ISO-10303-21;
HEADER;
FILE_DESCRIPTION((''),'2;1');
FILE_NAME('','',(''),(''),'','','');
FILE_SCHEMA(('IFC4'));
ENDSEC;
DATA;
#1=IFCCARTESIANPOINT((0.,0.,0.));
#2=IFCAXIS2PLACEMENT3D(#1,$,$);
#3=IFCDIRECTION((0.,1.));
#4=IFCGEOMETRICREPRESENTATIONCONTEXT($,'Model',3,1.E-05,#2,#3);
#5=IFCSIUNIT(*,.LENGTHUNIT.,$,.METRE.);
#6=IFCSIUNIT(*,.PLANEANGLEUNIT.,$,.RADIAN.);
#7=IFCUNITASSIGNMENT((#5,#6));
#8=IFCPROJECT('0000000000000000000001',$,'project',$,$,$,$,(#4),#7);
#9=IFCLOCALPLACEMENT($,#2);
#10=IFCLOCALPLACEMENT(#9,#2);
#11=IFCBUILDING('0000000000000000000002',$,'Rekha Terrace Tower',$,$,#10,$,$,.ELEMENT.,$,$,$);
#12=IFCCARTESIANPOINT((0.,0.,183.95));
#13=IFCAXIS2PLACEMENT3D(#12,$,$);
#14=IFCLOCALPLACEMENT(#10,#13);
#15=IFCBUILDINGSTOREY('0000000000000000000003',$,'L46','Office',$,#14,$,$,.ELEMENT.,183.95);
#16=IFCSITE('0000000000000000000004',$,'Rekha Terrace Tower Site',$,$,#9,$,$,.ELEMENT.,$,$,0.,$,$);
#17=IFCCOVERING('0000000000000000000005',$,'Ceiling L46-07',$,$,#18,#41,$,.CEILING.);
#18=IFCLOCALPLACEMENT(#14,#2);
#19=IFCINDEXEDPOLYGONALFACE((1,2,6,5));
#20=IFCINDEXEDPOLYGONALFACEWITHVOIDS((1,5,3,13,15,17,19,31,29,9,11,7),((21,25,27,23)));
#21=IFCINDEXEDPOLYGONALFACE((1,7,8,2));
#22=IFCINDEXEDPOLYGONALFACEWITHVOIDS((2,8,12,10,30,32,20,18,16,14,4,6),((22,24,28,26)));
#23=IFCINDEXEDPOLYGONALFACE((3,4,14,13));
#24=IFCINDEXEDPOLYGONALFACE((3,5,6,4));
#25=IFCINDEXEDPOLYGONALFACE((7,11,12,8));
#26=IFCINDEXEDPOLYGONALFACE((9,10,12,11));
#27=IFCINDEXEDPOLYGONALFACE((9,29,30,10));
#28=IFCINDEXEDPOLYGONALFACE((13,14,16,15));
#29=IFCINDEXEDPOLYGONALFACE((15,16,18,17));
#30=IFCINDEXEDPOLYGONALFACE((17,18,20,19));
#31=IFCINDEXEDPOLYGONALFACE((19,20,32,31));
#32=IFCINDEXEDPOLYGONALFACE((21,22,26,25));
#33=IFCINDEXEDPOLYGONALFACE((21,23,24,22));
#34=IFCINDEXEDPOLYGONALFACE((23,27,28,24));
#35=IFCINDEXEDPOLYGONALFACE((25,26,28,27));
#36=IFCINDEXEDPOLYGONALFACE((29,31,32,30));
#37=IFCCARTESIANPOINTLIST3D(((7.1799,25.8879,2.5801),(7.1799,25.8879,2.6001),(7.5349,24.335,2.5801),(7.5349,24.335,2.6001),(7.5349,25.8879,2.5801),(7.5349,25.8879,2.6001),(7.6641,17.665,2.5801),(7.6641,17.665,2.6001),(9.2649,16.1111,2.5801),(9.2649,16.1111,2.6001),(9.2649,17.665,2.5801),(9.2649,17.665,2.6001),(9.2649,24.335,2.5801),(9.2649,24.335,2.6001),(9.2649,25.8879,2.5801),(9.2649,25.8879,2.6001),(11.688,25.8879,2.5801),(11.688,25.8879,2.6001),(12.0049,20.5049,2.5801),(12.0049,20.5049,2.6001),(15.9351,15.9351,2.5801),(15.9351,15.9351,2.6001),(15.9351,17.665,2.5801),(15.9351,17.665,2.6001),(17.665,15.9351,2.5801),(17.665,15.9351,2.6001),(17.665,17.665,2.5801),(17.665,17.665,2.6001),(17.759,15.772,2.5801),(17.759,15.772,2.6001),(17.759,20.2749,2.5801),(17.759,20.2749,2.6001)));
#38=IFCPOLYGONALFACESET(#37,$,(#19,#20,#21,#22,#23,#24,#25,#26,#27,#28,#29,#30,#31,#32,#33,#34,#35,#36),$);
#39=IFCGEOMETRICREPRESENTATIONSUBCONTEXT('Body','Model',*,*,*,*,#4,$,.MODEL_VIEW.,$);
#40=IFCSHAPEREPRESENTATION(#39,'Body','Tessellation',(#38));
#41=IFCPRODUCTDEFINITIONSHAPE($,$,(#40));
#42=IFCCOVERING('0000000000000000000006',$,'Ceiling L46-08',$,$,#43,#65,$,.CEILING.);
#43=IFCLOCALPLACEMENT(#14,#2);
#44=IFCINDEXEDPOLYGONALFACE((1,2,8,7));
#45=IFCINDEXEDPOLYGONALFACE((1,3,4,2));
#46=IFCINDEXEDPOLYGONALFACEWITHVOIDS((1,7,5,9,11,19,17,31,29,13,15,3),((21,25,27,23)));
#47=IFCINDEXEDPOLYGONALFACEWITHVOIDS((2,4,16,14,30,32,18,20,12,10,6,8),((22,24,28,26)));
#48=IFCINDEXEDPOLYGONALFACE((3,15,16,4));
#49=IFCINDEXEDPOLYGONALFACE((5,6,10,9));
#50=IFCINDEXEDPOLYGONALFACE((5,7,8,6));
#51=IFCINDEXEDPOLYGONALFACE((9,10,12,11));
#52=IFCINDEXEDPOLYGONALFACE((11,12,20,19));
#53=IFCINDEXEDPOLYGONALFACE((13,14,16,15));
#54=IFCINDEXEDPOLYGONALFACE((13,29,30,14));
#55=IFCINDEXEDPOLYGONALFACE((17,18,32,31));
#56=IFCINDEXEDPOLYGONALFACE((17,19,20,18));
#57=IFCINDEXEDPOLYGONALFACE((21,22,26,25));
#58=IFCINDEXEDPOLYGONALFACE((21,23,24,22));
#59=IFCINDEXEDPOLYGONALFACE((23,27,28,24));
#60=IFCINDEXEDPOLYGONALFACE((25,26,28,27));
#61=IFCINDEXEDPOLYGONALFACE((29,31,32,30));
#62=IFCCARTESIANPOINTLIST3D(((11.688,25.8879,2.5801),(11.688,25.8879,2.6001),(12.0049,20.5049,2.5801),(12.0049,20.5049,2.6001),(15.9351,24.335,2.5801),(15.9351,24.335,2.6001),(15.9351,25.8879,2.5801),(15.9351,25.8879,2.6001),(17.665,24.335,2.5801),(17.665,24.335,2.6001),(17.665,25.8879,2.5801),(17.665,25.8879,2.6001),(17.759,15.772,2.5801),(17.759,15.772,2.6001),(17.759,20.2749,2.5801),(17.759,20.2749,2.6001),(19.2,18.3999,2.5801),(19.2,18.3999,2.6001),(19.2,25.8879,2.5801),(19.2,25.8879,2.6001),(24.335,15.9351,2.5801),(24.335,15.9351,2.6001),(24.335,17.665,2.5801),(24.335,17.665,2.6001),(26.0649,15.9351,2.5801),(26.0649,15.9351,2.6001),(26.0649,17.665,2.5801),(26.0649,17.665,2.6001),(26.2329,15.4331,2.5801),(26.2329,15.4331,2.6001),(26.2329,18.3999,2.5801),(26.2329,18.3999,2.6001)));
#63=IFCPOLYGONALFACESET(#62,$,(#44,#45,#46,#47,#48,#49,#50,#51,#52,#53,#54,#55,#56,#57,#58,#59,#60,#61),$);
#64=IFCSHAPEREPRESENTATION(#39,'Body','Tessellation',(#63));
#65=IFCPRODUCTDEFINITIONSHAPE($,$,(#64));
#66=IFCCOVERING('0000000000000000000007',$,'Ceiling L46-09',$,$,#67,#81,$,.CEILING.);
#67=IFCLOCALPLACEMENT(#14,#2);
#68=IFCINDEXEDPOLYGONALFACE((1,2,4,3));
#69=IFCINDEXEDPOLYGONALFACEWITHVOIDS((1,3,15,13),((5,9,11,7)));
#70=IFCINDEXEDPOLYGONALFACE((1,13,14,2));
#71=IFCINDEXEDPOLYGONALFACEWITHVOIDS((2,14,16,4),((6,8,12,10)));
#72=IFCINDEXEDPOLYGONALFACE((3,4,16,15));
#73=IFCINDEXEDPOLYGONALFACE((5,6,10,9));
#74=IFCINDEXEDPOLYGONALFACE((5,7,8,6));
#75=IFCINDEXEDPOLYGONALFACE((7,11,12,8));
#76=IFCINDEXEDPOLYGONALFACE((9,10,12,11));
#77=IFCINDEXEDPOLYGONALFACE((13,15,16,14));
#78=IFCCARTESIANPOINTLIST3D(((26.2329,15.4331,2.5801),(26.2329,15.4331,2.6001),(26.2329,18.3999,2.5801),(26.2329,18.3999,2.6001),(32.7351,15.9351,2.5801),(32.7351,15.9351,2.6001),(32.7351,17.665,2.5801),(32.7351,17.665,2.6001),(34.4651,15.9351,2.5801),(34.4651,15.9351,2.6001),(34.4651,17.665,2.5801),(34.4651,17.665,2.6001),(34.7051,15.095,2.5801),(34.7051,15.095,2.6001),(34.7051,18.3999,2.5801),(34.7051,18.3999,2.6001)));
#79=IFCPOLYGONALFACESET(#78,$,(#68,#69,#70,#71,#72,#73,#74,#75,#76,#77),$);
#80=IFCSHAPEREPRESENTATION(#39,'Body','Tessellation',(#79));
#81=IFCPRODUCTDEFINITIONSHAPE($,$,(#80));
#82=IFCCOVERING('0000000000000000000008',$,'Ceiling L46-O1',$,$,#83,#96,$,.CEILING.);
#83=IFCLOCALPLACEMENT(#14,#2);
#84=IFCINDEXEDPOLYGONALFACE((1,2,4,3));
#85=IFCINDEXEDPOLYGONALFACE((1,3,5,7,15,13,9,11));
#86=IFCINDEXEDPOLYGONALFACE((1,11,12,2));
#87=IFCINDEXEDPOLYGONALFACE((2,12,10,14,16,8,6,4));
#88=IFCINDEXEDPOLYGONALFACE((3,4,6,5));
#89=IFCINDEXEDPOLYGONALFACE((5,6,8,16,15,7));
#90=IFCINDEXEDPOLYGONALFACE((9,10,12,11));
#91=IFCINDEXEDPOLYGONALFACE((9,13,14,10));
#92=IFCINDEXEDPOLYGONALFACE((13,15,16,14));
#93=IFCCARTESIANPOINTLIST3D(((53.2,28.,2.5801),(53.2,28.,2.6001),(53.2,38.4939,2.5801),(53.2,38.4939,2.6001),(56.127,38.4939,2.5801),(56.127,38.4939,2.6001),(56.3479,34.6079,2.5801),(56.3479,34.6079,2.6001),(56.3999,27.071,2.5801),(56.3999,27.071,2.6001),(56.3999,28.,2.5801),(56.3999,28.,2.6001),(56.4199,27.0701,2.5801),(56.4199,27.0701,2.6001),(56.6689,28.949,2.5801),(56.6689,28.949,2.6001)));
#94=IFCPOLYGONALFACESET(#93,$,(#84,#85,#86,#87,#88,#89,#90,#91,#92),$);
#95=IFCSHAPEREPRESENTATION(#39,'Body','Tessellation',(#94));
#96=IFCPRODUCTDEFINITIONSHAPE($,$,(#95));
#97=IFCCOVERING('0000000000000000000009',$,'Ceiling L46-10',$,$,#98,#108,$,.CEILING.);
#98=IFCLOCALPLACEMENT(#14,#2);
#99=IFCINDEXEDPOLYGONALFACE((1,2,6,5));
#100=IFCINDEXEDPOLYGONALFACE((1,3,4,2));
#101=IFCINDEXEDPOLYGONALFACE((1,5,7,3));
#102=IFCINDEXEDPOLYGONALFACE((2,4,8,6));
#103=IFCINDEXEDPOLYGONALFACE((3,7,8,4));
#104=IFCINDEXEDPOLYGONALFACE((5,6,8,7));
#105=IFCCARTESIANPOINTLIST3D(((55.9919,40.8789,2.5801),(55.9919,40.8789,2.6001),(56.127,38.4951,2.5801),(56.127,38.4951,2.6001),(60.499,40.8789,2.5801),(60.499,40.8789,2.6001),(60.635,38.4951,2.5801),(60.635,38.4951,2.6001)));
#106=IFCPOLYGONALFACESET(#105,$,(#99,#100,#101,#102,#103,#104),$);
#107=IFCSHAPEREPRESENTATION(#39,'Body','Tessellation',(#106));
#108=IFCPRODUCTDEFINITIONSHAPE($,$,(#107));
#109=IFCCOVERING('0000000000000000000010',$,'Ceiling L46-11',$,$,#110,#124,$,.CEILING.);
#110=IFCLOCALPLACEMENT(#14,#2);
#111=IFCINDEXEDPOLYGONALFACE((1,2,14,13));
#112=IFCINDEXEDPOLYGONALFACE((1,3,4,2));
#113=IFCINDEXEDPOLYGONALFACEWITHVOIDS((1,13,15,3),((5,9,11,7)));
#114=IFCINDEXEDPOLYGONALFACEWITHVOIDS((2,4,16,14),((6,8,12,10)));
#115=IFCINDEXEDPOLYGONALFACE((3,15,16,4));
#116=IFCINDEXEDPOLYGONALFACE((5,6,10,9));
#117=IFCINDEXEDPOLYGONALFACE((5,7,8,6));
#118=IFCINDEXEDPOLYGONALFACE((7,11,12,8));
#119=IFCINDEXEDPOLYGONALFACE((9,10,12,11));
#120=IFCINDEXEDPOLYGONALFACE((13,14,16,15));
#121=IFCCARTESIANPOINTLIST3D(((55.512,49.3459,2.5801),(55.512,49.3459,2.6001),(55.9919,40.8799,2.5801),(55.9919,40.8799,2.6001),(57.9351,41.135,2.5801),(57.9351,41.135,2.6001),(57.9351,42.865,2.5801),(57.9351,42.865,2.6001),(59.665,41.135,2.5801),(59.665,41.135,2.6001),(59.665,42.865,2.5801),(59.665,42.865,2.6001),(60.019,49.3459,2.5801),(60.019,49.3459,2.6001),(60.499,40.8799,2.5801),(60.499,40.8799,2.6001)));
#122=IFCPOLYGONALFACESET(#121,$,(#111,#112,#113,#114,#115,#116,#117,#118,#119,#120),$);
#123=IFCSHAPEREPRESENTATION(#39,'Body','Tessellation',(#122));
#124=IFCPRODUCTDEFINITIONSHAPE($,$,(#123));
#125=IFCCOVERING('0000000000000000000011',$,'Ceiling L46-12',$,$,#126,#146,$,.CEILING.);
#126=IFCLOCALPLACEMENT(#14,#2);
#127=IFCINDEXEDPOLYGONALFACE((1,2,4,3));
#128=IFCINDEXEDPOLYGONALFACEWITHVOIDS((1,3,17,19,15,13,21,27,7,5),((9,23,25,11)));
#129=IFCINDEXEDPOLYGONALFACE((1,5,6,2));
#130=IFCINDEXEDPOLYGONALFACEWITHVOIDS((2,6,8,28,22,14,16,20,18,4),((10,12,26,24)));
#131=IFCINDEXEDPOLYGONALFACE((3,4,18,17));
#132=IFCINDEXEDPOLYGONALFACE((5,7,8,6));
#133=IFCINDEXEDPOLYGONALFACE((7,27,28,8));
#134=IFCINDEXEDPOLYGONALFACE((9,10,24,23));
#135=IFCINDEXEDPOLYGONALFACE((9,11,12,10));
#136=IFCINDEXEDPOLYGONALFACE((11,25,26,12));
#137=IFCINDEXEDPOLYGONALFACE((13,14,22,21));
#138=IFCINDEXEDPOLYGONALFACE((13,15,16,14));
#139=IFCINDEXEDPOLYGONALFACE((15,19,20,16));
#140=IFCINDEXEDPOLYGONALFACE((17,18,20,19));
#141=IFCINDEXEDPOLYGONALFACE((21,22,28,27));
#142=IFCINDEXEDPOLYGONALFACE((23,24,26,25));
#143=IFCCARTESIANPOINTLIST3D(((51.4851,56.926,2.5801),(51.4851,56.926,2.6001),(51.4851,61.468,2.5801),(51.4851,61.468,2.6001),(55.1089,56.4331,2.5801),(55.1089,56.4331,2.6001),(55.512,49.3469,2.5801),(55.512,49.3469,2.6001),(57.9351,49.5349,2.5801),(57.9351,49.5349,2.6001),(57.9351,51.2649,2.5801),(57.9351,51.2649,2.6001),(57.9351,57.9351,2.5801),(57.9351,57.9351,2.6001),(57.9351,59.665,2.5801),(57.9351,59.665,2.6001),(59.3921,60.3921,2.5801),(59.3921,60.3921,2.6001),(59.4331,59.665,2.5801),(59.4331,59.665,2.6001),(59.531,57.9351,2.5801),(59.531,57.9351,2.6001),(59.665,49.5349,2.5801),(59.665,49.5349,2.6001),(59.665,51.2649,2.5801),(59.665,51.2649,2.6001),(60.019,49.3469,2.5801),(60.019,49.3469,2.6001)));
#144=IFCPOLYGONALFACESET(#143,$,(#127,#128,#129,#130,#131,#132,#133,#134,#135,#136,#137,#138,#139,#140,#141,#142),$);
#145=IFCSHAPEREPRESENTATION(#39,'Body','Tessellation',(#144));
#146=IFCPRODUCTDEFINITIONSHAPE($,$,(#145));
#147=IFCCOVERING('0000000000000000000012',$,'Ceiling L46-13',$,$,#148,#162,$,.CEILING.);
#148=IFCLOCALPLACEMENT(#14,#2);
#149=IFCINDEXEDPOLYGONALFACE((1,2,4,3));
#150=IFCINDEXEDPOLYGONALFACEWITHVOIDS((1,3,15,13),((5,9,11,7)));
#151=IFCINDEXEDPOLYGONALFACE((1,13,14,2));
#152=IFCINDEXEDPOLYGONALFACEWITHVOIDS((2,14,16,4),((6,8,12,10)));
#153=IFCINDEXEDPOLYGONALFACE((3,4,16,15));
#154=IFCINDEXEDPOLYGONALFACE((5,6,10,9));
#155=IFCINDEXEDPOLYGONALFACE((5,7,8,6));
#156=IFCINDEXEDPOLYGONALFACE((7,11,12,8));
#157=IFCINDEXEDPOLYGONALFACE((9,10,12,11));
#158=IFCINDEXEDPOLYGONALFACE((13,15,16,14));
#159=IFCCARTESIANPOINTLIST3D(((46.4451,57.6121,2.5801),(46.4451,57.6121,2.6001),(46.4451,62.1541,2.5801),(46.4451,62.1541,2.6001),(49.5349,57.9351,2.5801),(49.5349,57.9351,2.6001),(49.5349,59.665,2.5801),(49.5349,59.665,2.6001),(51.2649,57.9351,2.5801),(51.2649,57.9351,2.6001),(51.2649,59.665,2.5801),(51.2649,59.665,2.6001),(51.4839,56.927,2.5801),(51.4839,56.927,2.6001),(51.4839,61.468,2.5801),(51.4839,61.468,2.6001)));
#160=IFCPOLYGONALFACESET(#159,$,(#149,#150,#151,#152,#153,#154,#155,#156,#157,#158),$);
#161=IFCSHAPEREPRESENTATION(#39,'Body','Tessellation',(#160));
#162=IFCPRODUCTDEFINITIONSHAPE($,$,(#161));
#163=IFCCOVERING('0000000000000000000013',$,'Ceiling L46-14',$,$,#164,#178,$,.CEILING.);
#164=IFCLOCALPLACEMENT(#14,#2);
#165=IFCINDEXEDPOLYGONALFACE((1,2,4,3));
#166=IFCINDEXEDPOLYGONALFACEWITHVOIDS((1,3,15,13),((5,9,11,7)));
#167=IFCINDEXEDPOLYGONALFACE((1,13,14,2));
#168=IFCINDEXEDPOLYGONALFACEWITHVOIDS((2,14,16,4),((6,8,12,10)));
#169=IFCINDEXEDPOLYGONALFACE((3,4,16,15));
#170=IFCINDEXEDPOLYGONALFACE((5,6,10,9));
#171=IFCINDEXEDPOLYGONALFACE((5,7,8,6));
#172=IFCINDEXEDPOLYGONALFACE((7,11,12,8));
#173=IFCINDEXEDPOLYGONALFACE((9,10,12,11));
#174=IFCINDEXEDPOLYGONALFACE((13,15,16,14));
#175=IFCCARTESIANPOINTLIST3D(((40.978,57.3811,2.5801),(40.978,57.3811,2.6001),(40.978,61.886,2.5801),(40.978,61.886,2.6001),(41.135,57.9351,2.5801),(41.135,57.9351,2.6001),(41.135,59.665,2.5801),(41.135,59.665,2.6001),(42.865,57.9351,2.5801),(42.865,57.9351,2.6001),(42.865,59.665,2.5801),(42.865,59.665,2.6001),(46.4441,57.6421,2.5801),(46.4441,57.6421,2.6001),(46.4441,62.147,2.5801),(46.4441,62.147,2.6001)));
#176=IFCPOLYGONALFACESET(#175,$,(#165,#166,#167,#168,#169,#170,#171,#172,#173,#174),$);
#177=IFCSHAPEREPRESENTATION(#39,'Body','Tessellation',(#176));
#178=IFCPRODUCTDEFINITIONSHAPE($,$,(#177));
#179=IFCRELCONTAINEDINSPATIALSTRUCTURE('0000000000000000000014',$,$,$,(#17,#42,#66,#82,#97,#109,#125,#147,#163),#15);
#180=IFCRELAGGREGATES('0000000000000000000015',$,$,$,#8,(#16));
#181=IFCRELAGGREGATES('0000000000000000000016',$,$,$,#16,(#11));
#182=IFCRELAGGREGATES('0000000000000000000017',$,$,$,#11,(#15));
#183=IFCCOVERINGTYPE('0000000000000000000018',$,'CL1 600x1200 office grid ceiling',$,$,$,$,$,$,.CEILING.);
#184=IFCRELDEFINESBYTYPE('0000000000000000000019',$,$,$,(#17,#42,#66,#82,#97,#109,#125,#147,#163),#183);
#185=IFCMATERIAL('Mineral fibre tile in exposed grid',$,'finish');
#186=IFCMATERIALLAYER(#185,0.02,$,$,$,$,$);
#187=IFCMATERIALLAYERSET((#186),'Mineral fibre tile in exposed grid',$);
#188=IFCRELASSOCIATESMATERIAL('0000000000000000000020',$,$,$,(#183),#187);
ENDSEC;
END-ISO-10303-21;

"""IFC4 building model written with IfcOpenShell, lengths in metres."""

from ifc_helpers import new_model, si_unit, direction, frame, origin, place, context, subcontext, project, spatial, polyline, outline, extrude, material, layer, layer_set, type_object, element, save


model = new_model("IFC4")

# Units and contexts
model_context = context("Model", 3, precision=1e-05, world=origin(), true_north=direction((0.0, 1.0)))
body_context = subcontext(model_context, "Body", "Model", "MODEL_VIEW")
ifc_project = project(units=[si_unit("LENGTHUNIT", "METRE"), si_unit("PLANEANGLEUNIT", "RADIAN")], contexts=[model_context])

# Site, building, storey
site_placement = place(None, origin())
site = spatial("IfcSite", under=ifc_project, at=site_placement, Name="Rekha Terrace Tower Site", CompositionType="ELEMENT", RefElevation=0.0)
building_placement = place(site_placement, origin())
building = spatial("IfcBuilding", under=site, at=building_placement, Name="Rekha Terrace Tower", CompositionType="ELEMENT")
storey_placement = place(building_placement, frame((0.0, 0.0, 183.95)))
storey = spatial("IfcBuildingStorey", under=building, at=storey_placement, Name="L46", Description="Office", CompositionType="ELEMENT", Elevation=183.95)

# Coverings
ifc_material_1 = material(Name="Mineral fibre tile in exposed grid", Category="finish")
ifc_layer_1 = layer(ifc_material_1, 0.02)
ifc_layer_set_1 = layer_set([ifc_layer_1], Name="Mineral fibre tile in exposed grid")
covering_type_1 = type_object("IfcCoveringType", Name="CL1 600x1200 office grid ceiling", PredefinedType="CEILING", material=ifc_layer_set_1)
covering_1_placement = place(storey_placement, frame((0.0, 0.0, 2.5801)))
element("IfcCovering", 1, at=covering_1_placement, inside=storey, type_object=covering_type_1, Name="Ceiling L46-07", PredefinedType="CEILING", context=body_context, shape_type="SweptSolid", body=[
    extrude(outline(polyline([(7.5349, 24.335), (7.5349, 25.8879), (7.1799, 25.8879), (7.6641, 17.665), (9.2649, 17.665), (9.2649, 16.1111), (17.759, 15.772), (17.759, 20.2749), (12.0049, 20.5049), (11.688, 25.8879), (9.2649, 25.8879), (9.2649, 24.335), (7.5349, 24.335)]), holes=[polyline([(17.665, 17.665), (17.665, 15.9351), (15.9351, 15.9351), (15.9351, 17.665), (17.665, 17.665)])]), origin(), (0.0, 0.0, 1.0), 0.02),
])
covering_2_placement = place(storey_placement, frame((0.0, 0.0, 2.5801)))
element("IfcCovering", 2, at=covering_2_placement, inside=storey, type_object=covering_type_1, Name="Ceiling L46-08", PredefinedType="CEILING", context=body_context, shape_type="SweptSolid", body=[
    extrude(outline(polyline([(17.759, 15.772), (26.2329, 15.4331), (26.2329, 18.3999), (19.2, 18.3999), (19.2, 25.8879), (17.665, 25.8879), (17.665, 24.335), (15.9351, 24.335), (15.9351, 25.8879), (11.688, 25.8879), (12.0049, 20.5049), (17.759, 20.2749), (17.759, 15.772)]), holes=[polyline([(26.0649, 17.665), (26.0649, 15.9351), (24.335, 15.9351), (24.335, 17.665), (26.0649, 17.665)])]), origin(), (0.0, 0.0, 1.0), 0.02),
])
covering_3_placement = place(storey_placement, frame((0.0, 0.0, 2.5801)))
element("IfcCovering", 3, at=covering_3_placement, inside=storey, type_object=covering_type_1, Name="Ceiling L46-09", PredefinedType="CEILING", context=body_context, shape_type="SweptSolid", body=[
    extrude(outline(polyline([(34.7051, 15.095), (34.7051, 18.3999), (26.2329, 18.3999), (26.2329, 15.4331), (34.7051, 15.095)]), holes=[polyline([(34.4651, 15.9351), (32.7351, 15.9351), (32.7351, 17.665), (34.4651, 17.665), (34.4651, 15.9351)])]), origin(), (0.0, 0.0, 1.0), 0.02),
])
covering_4_placement = place(storey_placement, frame((0.0, 0.0, 2.5801)))
element("IfcCovering", 4, at=covering_4_placement, inside=storey, type_object=covering_type_1, Name="Ceiling L46-O1", PredefinedType="CEILING", context=body_context, shape_type="SweptSolid", body=[
    extrude(outline(polyline([(56.6689, 28.949), (56.3479, 34.6079), (56.127, 38.4939), (53.2, 38.4939), (53.2, 28.0), (56.3999, 28.0), (56.3999, 27.071), (56.4199, 27.0701), (56.6689, 28.949)])), origin(), (0.0, 0.0, 1.0), 0.02),
])
covering_5_placement = place(storey_placement, frame((0.0, 0.0, 2.5801)))
element("IfcCovering", 5, at=covering_5_placement, inside=storey, type_object=covering_type_1, Name="Ceiling L46-10", PredefinedType="CEILING", context=body_context, shape_type="SweptSolid", body=[
    extrude(outline(polyline([(60.499, 40.8789), (55.9919, 40.8789), (56.127, 38.4951), (60.635, 38.4951), (60.499, 40.8789)])), origin(), (0.0, 0.0, 1.0), 0.02),
])
covering_6_placement = place(storey_placement, frame((0.0, 0.0, 2.5801)))
element("IfcCovering", 6, at=covering_6_placement, inside=storey, type_object=covering_type_1, Name="Ceiling L46-11", PredefinedType="CEILING", context=body_context, shape_type="SweptSolid", body=[
    extrude(outline(polyline([(60.019, 49.3459), (55.512, 49.3459), (55.9919, 40.8799), (60.499, 40.8799), (60.019, 49.3459)]), holes=[polyline([(59.665, 41.135), (57.9351, 41.135), (57.9351, 42.865), (59.665, 42.865), (59.665, 41.135)])]), origin(), (0.0, 0.0, 1.0), 0.02),
])
covering_7_placement = place(storey_placement, frame((0.0, 0.0, 2.5801)))
element("IfcCovering", 7, at=covering_7_placement, inside=storey, type_object=covering_type_1, Name="Ceiling L46-12", PredefinedType="CEILING", context=body_context, shape_type="SweptSolid", body=[
    extrude(outline(polyline([(51.4851, 56.926), (55.1089, 56.4331), (55.512, 49.3469), (60.019, 49.3469), (59.531, 57.9351), (57.9351, 57.9351), (57.9351, 59.665), (59.4331, 59.665), (59.3921, 60.3921), (51.4851, 61.468), (51.4851, 56.926)]), holes=[polyline([(59.665, 51.2649), (59.665, 49.5349), (57.9351, 49.5349), (57.9351, 51.2649), (59.665, 51.2649)])]), origin(), (0.0, 0.0, 1.0), 0.02),
])
covering_8_placement = place(storey_placement, frame((0.0, 0.0, 2.5801)))
element("IfcCovering", 8, at=covering_8_placement, inside=storey, type_object=covering_type_1, Name="Ceiling L46-13", PredefinedType="CEILING", context=body_context, shape_type="SweptSolid", body=[
    extrude(outline(polyline([(51.4839, 56.927), (51.4839, 61.468), (46.4451, 62.1541), (46.4451, 57.6121), (51.4839, 56.927)]), holes=[polyline([(51.2649, 57.9351), (49.5349, 57.9351), (49.5349, 59.665), (51.2649, 59.665), (51.2649, 57.9351)])]), origin(), (0.0, 0.0, 1.0), 0.02),
])
covering_9_placement = place(storey_placement, frame((0.0, 0.0, 2.5801)))
element("IfcCovering", 9, at=covering_9_placement, inside=storey, type_object=covering_type_1, Name="Ceiling L46-14", PredefinedType="CEILING", context=body_context, shape_type="SweptSolid", body=[
    extrude(outline(polyline([(46.4441, 62.147), (40.978, 61.886), (40.978, 57.3811), (46.4441, 57.6421), (46.4441, 62.147)]), holes=[polyline([(42.865, 59.665), (42.865, 57.9351), (41.135, 57.9351), (41.135, 59.665), (42.865, 59.665)])]), origin(), (0.0, 0.0, 1.0), 0.02),
])

save(model, "model.ifc")
